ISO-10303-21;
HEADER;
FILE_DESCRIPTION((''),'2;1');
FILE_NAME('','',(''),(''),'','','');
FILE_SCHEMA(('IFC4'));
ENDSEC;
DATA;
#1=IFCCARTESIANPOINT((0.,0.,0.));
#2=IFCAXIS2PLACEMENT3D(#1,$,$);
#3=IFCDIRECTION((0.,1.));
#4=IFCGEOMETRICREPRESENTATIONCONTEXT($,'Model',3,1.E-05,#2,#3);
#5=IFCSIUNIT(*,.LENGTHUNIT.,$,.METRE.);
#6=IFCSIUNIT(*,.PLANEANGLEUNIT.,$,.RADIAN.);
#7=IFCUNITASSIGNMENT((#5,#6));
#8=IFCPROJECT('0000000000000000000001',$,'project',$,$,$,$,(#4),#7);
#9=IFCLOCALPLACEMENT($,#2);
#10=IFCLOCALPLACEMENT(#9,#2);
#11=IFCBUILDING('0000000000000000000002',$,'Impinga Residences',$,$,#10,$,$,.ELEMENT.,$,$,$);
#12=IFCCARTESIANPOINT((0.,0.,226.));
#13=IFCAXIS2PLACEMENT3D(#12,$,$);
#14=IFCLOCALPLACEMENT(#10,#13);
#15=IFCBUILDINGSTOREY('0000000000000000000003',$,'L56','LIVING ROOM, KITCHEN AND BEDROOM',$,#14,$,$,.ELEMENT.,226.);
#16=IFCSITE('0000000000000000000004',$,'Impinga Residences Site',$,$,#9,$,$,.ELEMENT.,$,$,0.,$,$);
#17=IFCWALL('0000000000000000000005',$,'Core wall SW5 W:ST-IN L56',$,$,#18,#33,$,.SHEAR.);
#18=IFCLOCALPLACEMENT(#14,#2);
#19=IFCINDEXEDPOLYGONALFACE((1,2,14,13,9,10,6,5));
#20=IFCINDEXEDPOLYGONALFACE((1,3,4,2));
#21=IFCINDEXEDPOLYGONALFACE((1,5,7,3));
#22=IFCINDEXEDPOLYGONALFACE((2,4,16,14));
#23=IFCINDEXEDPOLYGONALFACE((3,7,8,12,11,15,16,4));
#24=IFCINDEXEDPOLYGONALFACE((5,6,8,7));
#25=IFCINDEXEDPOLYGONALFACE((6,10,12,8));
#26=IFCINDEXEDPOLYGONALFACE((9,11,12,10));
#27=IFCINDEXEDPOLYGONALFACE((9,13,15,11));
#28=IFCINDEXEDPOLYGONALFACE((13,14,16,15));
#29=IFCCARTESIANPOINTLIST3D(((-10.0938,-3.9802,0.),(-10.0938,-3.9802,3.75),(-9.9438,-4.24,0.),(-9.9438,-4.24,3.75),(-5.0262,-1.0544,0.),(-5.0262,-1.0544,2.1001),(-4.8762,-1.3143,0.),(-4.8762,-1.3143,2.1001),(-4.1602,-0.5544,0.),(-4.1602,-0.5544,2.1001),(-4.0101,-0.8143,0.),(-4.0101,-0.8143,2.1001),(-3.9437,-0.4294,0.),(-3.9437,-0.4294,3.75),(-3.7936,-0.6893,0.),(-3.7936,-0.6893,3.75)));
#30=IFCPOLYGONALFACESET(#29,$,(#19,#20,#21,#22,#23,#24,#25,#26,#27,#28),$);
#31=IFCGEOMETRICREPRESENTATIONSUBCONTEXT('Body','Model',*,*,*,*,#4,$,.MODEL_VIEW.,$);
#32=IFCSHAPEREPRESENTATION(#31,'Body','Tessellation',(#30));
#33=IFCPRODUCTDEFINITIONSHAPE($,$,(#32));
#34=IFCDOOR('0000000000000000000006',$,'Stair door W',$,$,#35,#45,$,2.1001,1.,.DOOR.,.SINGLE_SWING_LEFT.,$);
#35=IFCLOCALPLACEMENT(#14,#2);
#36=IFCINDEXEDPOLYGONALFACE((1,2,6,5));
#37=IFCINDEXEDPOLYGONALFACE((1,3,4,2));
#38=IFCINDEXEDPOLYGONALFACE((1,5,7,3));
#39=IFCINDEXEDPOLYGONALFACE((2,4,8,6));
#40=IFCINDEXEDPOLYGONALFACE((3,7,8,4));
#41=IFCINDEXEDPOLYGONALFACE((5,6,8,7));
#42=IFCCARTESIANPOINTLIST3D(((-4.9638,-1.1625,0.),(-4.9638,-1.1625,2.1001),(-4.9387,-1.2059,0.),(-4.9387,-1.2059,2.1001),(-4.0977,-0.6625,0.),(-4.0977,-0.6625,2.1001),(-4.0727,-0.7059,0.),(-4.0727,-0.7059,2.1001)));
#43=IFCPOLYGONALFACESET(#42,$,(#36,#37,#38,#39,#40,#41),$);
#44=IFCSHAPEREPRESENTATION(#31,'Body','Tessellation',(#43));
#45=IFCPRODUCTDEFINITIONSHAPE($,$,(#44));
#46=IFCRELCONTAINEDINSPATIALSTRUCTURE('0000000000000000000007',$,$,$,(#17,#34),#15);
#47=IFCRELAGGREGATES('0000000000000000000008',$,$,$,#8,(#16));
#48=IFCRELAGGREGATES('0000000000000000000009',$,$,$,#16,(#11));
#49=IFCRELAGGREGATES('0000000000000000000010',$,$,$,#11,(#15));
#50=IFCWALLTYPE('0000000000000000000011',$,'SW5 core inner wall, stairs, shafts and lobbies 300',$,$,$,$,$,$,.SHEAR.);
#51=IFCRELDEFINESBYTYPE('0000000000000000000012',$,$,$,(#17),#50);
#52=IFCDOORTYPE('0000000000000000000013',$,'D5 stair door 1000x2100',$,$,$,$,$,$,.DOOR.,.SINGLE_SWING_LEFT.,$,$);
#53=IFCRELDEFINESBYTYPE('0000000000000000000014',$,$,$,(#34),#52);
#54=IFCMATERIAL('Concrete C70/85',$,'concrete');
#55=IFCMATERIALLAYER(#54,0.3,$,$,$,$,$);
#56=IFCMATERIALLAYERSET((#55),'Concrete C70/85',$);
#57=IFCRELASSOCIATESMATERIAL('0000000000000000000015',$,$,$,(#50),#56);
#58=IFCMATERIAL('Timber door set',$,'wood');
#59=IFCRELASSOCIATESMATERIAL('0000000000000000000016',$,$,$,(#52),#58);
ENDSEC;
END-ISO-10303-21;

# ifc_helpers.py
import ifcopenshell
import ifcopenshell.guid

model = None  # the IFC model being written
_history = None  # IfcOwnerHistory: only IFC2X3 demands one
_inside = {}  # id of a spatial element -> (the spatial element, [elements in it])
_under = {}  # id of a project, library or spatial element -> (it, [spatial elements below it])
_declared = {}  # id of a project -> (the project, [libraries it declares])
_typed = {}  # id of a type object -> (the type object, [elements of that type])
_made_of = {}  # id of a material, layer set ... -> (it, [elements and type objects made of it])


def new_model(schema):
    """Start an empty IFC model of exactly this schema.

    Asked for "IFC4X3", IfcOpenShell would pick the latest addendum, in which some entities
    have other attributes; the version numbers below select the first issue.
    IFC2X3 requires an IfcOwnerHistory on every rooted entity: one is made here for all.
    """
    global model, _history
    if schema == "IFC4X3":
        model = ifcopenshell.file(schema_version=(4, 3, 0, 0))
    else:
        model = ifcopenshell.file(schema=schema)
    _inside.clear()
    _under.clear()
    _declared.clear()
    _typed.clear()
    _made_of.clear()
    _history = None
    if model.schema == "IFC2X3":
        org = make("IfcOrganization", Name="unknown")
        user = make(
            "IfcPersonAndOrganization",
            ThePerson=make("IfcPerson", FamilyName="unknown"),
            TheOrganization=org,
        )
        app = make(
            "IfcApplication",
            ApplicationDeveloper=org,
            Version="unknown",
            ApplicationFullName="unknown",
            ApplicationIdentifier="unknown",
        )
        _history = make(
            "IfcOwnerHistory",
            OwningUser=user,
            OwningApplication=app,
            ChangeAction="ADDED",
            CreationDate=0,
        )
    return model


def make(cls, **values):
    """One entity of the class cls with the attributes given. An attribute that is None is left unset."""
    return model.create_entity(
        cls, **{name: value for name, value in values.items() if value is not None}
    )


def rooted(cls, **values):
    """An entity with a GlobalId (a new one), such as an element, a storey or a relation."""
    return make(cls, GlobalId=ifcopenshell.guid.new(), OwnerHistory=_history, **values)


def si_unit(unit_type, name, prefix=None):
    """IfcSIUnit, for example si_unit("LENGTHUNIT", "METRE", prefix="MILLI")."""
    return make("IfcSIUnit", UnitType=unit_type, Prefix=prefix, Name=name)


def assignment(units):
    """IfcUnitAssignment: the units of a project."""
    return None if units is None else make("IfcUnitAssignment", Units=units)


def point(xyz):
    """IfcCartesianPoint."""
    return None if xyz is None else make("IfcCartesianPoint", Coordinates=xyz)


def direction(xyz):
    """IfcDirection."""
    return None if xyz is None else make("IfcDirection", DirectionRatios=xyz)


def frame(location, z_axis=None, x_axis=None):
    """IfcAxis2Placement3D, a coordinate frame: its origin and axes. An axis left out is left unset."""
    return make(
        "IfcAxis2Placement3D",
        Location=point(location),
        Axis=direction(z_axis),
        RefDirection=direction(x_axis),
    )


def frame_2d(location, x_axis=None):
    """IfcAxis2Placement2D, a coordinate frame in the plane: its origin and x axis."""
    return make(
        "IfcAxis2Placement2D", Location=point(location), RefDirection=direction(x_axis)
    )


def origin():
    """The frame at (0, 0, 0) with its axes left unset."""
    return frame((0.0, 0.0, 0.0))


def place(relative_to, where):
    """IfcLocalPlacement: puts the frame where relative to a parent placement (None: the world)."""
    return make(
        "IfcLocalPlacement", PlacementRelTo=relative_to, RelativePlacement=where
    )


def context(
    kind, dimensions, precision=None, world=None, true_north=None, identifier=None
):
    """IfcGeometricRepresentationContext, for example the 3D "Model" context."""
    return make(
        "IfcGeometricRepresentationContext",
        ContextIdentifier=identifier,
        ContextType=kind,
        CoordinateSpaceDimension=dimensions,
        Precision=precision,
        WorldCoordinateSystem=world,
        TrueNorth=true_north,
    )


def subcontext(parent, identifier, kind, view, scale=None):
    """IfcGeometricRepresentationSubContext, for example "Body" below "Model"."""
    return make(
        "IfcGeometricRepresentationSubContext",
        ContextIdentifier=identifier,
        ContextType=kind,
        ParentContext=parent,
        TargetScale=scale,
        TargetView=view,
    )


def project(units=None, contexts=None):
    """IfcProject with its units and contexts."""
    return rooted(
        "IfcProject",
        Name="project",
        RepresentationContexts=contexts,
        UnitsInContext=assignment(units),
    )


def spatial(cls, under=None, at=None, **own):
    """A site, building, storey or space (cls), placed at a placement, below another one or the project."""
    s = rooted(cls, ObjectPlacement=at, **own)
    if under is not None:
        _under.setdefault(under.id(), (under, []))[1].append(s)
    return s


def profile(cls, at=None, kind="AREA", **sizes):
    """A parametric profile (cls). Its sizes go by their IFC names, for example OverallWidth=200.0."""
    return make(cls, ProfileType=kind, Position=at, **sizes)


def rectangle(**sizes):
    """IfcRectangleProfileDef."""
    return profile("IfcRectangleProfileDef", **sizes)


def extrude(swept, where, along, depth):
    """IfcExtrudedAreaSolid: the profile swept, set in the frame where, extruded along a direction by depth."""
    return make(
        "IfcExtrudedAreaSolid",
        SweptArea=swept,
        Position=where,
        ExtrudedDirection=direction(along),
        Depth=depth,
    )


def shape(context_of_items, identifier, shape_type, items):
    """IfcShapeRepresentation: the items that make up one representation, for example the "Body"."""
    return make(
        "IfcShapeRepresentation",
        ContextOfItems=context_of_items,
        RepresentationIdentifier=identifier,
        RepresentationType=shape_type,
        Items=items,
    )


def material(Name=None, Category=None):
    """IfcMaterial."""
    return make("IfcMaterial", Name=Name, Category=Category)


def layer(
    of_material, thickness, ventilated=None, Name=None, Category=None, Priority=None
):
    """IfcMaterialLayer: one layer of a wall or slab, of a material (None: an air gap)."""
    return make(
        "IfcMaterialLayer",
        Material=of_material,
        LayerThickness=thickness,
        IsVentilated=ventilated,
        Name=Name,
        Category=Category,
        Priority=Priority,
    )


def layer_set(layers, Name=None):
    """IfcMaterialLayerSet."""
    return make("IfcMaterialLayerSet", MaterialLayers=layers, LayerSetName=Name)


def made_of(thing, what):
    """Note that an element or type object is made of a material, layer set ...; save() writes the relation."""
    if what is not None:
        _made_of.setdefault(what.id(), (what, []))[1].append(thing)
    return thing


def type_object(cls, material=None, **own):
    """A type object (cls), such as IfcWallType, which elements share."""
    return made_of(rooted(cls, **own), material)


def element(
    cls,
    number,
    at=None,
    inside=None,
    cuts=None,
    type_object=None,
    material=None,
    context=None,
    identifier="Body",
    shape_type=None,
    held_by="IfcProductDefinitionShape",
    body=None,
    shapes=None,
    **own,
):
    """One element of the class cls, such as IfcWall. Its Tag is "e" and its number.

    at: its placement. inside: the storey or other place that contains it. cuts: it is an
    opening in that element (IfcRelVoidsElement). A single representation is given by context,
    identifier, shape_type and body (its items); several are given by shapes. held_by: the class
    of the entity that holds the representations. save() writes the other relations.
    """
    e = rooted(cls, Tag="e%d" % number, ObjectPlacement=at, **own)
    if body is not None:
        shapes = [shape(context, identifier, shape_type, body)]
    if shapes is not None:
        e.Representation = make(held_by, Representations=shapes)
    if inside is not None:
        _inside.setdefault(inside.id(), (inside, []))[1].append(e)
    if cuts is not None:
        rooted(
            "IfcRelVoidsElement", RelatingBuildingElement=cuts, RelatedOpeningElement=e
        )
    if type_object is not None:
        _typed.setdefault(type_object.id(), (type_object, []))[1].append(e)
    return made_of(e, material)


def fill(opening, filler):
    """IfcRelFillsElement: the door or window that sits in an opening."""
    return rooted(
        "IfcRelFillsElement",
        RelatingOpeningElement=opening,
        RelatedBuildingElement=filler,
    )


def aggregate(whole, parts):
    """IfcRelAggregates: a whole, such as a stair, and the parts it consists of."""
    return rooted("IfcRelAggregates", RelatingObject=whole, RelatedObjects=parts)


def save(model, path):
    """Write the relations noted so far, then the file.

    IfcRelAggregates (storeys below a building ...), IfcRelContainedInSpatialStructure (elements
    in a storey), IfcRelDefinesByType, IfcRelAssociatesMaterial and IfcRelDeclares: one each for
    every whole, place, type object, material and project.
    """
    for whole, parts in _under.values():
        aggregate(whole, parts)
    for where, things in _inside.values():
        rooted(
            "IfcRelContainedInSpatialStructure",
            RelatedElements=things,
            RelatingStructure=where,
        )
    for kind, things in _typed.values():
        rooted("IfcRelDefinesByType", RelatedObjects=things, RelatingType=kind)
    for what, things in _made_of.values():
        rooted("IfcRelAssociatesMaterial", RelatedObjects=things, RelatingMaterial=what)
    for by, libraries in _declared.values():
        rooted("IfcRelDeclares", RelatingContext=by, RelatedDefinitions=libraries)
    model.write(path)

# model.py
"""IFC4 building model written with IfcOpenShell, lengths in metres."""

from ifc_helpers import new_model, si_unit, direction, frame, frame_2d, origin, place, context, subcontext, project, spatial, rectangle, extrude, material, layer, layer_set, type_object, element, fill, save


model = new_model("IFC4")

# Units and contexts
model_context = context("Model", 3, precision=1e-05, world=origin(), true_north=direction((0.0, 1.0)))
body_context = subcontext(model_context, "Body", "Model", "MODEL_VIEW")
ifc_project = project(units=[si_unit("LENGTHUNIT", "METRE"), si_unit("PLANEANGLEUNIT", "RADIAN")], contexts=[model_context])

# Site, building, storey
site_placement = place(None, origin())
site = spatial("IfcSite", under=ifc_project, at=site_placement, Name="Impinga Residences Site", CompositionType="ELEMENT", RefElevation=0.0)
building_placement = place(site_placement, origin())
building = spatial("IfcBuilding", under=site, at=building_placement, Name="Impinga Residences", CompositionType="ELEMENT")
storey_placement = place(building_placement, frame((0.0, 0.0, 226.0)))
storey = spatial("IfcBuildingStorey", under=building, at=storey_placement, Name="L56", Description="LIVING ROOM, KITCHEN AND BEDROOM", CompositionType="ELEMENT", Elevation=226.0)

# Wall, opening, door
ifc_material_1 = material(Name="Concrete C70/85", Category="concrete")
ifc_layer_1 = layer(ifc_material_1, 0.3)
ifc_layer_set_1 = layer_set([ifc_layer_1], Name="Concrete C70/85")
wall_type_1 = type_object("IfcWallType", Name="SW5 core inner wall, stairs, shafts and lobbies 300", PredefinedType="SHEAR", material=ifc_layer_set_1)
wall_1_placement = place(storey_placement, frame((-3.8687, -0.5593, 0.0), z_axis=(0.0, 0.0, 1.0), x_axis=(-0.866026, -0.499999, 0.0)))
wall_1 = element("IfcWall", 1, at=wall_1_placement, inside=storey, type_object=wall_type_1, Name="Core wall SW5 W:ST-IN L56", PredefinedType="SHEAR", context=body_context, shape_type="SweptSolid", body=[
    extrude(rectangle(XDim=7.1016, YDim=0.3, at=frame_2d((3.5508, 0.0))), origin(), (0.0, 0.0, 1.0), 3.75),
])
opening_1_placement = place(wall_1_placement, frame((0.25, 0.0, 0.0)))
opening_1 = element("IfcOpeningElement", 2, at=opening_1_placement, cuts=wall_1, PredefinedType="OPENING", context=body_context, shape_type="SweptSolid", body=[
    extrude(rectangle(XDim=1.0, YDim=2.1001, at=frame_2d((0.5, 1.05))), frame((0.0, 0.1599, 0.0), z_axis=(0.0, -1.0, 0.0), x_axis=(1.0, 0.0, 0.0)), (0.0, 0.0, 1.0), 0.3201),
])
ifc_material_2 = material(Name="Timber door set", Category="wood")
door_type_1 = type_object("IfcDoorType", Name="D5 stair door 1000x2100", OperationType="SINGLE_SWING_LEFT", PredefinedType="DOOR", material=ifc_material_2)
door_1_placement = place(opening_1_placement, origin())
door_1 = element("IfcDoor", 3, at=door_1_placement, inside=storey, type_object=door_type_1, Name="Stair door W", OperationType="SINGLE_SWING_LEFT", OverallHeight=2.1001, OverallWidth=1.0, PredefinedType="DOOR", context=body_context, shape_type="SweptSolid", body=[
    extrude(rectangle(XDim=1.0, YDim=2.1001, at=frame_2d((0.5, 1.05))), frame((0.0, 0.0249, 0.0), z_axis=(0.0, -1.0, 0.0), x_axis=(1.0, 0.0, 0.0)), (0.0, 0.0, 1.0), 0.05),
])
fill(opening_1, door_1)

save(model, "model.ifc")
